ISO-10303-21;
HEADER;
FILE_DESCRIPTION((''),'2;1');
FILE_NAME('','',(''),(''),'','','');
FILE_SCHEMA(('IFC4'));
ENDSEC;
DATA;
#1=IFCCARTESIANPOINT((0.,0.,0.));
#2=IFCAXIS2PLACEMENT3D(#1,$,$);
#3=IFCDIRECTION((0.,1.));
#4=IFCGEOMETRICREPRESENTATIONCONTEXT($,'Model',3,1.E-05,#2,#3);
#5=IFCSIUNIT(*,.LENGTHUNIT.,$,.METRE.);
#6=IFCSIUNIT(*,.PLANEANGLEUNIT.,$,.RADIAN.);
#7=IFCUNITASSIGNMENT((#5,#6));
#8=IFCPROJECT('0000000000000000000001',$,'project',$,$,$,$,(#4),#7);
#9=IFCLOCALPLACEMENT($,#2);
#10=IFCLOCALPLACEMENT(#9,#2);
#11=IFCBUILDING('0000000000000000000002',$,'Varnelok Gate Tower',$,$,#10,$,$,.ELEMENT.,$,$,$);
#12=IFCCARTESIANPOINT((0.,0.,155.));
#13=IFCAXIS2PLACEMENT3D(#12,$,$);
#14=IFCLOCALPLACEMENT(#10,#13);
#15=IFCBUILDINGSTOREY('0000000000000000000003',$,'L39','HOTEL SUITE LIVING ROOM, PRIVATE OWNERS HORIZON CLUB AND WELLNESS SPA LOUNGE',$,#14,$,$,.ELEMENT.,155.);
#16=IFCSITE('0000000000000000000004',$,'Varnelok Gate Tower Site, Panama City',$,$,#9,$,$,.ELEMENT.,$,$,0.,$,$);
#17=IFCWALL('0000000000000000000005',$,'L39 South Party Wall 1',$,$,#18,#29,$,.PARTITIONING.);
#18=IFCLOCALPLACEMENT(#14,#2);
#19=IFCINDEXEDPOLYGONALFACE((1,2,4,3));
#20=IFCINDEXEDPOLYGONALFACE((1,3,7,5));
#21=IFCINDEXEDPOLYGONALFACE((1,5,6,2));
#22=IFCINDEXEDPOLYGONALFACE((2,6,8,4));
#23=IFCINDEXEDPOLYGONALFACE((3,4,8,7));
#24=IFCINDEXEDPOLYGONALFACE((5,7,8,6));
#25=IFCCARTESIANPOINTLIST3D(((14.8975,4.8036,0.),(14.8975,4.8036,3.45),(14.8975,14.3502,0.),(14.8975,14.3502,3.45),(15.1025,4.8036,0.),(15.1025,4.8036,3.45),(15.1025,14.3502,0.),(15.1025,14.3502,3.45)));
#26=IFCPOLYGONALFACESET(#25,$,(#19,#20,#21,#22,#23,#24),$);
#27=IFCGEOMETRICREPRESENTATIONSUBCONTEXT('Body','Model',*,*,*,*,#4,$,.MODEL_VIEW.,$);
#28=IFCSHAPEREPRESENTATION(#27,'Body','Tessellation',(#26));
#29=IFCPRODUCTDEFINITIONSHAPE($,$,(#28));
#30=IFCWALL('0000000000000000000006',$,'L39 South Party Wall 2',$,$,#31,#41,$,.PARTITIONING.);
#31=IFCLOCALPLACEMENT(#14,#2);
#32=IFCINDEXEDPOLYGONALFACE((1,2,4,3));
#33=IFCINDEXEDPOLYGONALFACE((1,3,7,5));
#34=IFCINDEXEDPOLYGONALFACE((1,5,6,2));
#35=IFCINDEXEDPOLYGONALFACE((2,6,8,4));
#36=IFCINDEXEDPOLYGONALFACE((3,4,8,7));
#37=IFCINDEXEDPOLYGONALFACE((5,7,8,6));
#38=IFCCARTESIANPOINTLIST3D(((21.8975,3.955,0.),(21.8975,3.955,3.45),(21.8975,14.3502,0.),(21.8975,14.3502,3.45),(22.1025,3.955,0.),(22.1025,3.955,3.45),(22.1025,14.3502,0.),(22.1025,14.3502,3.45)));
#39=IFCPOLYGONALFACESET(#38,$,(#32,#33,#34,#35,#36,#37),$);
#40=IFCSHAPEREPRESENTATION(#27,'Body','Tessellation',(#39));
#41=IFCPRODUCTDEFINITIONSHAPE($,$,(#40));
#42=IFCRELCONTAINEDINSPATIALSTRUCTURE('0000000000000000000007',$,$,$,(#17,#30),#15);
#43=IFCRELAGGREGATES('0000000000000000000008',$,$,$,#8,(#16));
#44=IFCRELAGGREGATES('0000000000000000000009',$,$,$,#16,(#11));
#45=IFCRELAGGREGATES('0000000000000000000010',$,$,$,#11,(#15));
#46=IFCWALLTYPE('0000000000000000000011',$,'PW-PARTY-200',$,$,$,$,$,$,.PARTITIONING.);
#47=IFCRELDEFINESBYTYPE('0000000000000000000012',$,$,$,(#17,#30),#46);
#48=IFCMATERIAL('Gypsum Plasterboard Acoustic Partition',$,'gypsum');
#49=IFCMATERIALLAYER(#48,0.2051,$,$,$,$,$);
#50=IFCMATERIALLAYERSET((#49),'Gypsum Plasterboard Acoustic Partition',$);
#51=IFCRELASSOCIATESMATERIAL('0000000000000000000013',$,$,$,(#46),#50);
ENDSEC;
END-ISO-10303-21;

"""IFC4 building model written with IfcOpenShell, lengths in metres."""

from ifc_helpers import new_model, si_unit, direction, frame, frame_2d, origin, place, context, subcontext, project, spatial, rectangle, extrude, material, layer, layer_set, type_object, element, save


model = new_model("IFC4")

# Units and contexts
model_context = context("Model", 3, precision=1e-05, world=origin(), true_north=direction((0.0, 1.0)))
body_context = subcontext(model_context, "Body", "Model", "MODEL_VIEW")
ifc_project = project(units=[si_unit("LENGTHUNIT", "METRE"), si_unit("PLANEANGLEUNIT", "RADIAN")], contexts=[model_context])

# Site, building, storey
site_placement = place(None, origin())
site = spatial("IfcSite", under=ifc_project, at=site_placement, Name="Varnelok Gate Tower Site, Panama City", CompositionType="ELEMENT", RefElevation=0.0)
building_placement = place(site_placement, origin())
building = spatial("IfcBuilding", under=site, at=building_placement, Name="Varnelok Gate Tower", CompositionType="ELEMENT")
storey_placement = place(building_placement, frame((0.0, 0.0, 155.0)))
storey = spatial("IfcBuildingStorey", under=building, at=storey_placement, Name="L39", Description="HOTEL SUITE LIVING ROOM, PRIVATE OWNERS HORIZON CLUB AND WELLNESS SPA LOUNGE", CompositionType="ELEMENT", Elevation=155.0)

# Shared definitions
ifc_material_1 = material(Name="Gypsum Plasterboard Acoustic Partition", Category="gypsum")

# Walls
ifc_layer_1 = layer(ifc_material_1, 0.2051)
ifc_layer_set_1 = layer_set([ifc_layer_1], Name="Gypsum Plasterboard Acoustic Partition")
wall_type_1 = type_object("IfcWallType", Name="PW-PARTY-200", PredefinedType="PARTITIONING", material=ifc_layer_set_1)
wall_1_placement = place(storey_placement, frame((15.0, 4.8035, 0.0), z_axis=(0.0, 0.0, 1.0), x_axis=(0.0, 1.0, 0.0)))
element("IfcWall", 1, at=wall_1_placement, inside=storey, type_object=wall_type_1, Name="L39 South Party Wall 1", PredefinedType="PARTITIONING", context=body_context, shape_type="SweptSolid", body=[
    extrude(rectangle(XDim=9.5466, YDim=0.2051, at=frame_2d((4.7734, 0.0))), origin(), (0.0, 0.0, 1.0), 3.45),
])
wall_2_placement = place(storey_placement, frame((22.0, 3.9548, 0.0), z_axis=(0.0, 0.0, 1.0), x_axis=(0.0, 1.0, 0.0)))
element("IfcWall", 2, at=wall_2_placement, inside=storey, type_object=wall_type_1, Name="L39 South Party Wall 2", PredefinedType="PARTITIONING", context=body_context, shape_type="SweptSolid", body=[
    extrude(rectangle(XDim=10.3953, YDim=0.2051, at=frame_2d((5.1978, 0.0))), origin(), (0.0, 0.0, 1.0), 3.45),
])

save(model, "model.ifc")
